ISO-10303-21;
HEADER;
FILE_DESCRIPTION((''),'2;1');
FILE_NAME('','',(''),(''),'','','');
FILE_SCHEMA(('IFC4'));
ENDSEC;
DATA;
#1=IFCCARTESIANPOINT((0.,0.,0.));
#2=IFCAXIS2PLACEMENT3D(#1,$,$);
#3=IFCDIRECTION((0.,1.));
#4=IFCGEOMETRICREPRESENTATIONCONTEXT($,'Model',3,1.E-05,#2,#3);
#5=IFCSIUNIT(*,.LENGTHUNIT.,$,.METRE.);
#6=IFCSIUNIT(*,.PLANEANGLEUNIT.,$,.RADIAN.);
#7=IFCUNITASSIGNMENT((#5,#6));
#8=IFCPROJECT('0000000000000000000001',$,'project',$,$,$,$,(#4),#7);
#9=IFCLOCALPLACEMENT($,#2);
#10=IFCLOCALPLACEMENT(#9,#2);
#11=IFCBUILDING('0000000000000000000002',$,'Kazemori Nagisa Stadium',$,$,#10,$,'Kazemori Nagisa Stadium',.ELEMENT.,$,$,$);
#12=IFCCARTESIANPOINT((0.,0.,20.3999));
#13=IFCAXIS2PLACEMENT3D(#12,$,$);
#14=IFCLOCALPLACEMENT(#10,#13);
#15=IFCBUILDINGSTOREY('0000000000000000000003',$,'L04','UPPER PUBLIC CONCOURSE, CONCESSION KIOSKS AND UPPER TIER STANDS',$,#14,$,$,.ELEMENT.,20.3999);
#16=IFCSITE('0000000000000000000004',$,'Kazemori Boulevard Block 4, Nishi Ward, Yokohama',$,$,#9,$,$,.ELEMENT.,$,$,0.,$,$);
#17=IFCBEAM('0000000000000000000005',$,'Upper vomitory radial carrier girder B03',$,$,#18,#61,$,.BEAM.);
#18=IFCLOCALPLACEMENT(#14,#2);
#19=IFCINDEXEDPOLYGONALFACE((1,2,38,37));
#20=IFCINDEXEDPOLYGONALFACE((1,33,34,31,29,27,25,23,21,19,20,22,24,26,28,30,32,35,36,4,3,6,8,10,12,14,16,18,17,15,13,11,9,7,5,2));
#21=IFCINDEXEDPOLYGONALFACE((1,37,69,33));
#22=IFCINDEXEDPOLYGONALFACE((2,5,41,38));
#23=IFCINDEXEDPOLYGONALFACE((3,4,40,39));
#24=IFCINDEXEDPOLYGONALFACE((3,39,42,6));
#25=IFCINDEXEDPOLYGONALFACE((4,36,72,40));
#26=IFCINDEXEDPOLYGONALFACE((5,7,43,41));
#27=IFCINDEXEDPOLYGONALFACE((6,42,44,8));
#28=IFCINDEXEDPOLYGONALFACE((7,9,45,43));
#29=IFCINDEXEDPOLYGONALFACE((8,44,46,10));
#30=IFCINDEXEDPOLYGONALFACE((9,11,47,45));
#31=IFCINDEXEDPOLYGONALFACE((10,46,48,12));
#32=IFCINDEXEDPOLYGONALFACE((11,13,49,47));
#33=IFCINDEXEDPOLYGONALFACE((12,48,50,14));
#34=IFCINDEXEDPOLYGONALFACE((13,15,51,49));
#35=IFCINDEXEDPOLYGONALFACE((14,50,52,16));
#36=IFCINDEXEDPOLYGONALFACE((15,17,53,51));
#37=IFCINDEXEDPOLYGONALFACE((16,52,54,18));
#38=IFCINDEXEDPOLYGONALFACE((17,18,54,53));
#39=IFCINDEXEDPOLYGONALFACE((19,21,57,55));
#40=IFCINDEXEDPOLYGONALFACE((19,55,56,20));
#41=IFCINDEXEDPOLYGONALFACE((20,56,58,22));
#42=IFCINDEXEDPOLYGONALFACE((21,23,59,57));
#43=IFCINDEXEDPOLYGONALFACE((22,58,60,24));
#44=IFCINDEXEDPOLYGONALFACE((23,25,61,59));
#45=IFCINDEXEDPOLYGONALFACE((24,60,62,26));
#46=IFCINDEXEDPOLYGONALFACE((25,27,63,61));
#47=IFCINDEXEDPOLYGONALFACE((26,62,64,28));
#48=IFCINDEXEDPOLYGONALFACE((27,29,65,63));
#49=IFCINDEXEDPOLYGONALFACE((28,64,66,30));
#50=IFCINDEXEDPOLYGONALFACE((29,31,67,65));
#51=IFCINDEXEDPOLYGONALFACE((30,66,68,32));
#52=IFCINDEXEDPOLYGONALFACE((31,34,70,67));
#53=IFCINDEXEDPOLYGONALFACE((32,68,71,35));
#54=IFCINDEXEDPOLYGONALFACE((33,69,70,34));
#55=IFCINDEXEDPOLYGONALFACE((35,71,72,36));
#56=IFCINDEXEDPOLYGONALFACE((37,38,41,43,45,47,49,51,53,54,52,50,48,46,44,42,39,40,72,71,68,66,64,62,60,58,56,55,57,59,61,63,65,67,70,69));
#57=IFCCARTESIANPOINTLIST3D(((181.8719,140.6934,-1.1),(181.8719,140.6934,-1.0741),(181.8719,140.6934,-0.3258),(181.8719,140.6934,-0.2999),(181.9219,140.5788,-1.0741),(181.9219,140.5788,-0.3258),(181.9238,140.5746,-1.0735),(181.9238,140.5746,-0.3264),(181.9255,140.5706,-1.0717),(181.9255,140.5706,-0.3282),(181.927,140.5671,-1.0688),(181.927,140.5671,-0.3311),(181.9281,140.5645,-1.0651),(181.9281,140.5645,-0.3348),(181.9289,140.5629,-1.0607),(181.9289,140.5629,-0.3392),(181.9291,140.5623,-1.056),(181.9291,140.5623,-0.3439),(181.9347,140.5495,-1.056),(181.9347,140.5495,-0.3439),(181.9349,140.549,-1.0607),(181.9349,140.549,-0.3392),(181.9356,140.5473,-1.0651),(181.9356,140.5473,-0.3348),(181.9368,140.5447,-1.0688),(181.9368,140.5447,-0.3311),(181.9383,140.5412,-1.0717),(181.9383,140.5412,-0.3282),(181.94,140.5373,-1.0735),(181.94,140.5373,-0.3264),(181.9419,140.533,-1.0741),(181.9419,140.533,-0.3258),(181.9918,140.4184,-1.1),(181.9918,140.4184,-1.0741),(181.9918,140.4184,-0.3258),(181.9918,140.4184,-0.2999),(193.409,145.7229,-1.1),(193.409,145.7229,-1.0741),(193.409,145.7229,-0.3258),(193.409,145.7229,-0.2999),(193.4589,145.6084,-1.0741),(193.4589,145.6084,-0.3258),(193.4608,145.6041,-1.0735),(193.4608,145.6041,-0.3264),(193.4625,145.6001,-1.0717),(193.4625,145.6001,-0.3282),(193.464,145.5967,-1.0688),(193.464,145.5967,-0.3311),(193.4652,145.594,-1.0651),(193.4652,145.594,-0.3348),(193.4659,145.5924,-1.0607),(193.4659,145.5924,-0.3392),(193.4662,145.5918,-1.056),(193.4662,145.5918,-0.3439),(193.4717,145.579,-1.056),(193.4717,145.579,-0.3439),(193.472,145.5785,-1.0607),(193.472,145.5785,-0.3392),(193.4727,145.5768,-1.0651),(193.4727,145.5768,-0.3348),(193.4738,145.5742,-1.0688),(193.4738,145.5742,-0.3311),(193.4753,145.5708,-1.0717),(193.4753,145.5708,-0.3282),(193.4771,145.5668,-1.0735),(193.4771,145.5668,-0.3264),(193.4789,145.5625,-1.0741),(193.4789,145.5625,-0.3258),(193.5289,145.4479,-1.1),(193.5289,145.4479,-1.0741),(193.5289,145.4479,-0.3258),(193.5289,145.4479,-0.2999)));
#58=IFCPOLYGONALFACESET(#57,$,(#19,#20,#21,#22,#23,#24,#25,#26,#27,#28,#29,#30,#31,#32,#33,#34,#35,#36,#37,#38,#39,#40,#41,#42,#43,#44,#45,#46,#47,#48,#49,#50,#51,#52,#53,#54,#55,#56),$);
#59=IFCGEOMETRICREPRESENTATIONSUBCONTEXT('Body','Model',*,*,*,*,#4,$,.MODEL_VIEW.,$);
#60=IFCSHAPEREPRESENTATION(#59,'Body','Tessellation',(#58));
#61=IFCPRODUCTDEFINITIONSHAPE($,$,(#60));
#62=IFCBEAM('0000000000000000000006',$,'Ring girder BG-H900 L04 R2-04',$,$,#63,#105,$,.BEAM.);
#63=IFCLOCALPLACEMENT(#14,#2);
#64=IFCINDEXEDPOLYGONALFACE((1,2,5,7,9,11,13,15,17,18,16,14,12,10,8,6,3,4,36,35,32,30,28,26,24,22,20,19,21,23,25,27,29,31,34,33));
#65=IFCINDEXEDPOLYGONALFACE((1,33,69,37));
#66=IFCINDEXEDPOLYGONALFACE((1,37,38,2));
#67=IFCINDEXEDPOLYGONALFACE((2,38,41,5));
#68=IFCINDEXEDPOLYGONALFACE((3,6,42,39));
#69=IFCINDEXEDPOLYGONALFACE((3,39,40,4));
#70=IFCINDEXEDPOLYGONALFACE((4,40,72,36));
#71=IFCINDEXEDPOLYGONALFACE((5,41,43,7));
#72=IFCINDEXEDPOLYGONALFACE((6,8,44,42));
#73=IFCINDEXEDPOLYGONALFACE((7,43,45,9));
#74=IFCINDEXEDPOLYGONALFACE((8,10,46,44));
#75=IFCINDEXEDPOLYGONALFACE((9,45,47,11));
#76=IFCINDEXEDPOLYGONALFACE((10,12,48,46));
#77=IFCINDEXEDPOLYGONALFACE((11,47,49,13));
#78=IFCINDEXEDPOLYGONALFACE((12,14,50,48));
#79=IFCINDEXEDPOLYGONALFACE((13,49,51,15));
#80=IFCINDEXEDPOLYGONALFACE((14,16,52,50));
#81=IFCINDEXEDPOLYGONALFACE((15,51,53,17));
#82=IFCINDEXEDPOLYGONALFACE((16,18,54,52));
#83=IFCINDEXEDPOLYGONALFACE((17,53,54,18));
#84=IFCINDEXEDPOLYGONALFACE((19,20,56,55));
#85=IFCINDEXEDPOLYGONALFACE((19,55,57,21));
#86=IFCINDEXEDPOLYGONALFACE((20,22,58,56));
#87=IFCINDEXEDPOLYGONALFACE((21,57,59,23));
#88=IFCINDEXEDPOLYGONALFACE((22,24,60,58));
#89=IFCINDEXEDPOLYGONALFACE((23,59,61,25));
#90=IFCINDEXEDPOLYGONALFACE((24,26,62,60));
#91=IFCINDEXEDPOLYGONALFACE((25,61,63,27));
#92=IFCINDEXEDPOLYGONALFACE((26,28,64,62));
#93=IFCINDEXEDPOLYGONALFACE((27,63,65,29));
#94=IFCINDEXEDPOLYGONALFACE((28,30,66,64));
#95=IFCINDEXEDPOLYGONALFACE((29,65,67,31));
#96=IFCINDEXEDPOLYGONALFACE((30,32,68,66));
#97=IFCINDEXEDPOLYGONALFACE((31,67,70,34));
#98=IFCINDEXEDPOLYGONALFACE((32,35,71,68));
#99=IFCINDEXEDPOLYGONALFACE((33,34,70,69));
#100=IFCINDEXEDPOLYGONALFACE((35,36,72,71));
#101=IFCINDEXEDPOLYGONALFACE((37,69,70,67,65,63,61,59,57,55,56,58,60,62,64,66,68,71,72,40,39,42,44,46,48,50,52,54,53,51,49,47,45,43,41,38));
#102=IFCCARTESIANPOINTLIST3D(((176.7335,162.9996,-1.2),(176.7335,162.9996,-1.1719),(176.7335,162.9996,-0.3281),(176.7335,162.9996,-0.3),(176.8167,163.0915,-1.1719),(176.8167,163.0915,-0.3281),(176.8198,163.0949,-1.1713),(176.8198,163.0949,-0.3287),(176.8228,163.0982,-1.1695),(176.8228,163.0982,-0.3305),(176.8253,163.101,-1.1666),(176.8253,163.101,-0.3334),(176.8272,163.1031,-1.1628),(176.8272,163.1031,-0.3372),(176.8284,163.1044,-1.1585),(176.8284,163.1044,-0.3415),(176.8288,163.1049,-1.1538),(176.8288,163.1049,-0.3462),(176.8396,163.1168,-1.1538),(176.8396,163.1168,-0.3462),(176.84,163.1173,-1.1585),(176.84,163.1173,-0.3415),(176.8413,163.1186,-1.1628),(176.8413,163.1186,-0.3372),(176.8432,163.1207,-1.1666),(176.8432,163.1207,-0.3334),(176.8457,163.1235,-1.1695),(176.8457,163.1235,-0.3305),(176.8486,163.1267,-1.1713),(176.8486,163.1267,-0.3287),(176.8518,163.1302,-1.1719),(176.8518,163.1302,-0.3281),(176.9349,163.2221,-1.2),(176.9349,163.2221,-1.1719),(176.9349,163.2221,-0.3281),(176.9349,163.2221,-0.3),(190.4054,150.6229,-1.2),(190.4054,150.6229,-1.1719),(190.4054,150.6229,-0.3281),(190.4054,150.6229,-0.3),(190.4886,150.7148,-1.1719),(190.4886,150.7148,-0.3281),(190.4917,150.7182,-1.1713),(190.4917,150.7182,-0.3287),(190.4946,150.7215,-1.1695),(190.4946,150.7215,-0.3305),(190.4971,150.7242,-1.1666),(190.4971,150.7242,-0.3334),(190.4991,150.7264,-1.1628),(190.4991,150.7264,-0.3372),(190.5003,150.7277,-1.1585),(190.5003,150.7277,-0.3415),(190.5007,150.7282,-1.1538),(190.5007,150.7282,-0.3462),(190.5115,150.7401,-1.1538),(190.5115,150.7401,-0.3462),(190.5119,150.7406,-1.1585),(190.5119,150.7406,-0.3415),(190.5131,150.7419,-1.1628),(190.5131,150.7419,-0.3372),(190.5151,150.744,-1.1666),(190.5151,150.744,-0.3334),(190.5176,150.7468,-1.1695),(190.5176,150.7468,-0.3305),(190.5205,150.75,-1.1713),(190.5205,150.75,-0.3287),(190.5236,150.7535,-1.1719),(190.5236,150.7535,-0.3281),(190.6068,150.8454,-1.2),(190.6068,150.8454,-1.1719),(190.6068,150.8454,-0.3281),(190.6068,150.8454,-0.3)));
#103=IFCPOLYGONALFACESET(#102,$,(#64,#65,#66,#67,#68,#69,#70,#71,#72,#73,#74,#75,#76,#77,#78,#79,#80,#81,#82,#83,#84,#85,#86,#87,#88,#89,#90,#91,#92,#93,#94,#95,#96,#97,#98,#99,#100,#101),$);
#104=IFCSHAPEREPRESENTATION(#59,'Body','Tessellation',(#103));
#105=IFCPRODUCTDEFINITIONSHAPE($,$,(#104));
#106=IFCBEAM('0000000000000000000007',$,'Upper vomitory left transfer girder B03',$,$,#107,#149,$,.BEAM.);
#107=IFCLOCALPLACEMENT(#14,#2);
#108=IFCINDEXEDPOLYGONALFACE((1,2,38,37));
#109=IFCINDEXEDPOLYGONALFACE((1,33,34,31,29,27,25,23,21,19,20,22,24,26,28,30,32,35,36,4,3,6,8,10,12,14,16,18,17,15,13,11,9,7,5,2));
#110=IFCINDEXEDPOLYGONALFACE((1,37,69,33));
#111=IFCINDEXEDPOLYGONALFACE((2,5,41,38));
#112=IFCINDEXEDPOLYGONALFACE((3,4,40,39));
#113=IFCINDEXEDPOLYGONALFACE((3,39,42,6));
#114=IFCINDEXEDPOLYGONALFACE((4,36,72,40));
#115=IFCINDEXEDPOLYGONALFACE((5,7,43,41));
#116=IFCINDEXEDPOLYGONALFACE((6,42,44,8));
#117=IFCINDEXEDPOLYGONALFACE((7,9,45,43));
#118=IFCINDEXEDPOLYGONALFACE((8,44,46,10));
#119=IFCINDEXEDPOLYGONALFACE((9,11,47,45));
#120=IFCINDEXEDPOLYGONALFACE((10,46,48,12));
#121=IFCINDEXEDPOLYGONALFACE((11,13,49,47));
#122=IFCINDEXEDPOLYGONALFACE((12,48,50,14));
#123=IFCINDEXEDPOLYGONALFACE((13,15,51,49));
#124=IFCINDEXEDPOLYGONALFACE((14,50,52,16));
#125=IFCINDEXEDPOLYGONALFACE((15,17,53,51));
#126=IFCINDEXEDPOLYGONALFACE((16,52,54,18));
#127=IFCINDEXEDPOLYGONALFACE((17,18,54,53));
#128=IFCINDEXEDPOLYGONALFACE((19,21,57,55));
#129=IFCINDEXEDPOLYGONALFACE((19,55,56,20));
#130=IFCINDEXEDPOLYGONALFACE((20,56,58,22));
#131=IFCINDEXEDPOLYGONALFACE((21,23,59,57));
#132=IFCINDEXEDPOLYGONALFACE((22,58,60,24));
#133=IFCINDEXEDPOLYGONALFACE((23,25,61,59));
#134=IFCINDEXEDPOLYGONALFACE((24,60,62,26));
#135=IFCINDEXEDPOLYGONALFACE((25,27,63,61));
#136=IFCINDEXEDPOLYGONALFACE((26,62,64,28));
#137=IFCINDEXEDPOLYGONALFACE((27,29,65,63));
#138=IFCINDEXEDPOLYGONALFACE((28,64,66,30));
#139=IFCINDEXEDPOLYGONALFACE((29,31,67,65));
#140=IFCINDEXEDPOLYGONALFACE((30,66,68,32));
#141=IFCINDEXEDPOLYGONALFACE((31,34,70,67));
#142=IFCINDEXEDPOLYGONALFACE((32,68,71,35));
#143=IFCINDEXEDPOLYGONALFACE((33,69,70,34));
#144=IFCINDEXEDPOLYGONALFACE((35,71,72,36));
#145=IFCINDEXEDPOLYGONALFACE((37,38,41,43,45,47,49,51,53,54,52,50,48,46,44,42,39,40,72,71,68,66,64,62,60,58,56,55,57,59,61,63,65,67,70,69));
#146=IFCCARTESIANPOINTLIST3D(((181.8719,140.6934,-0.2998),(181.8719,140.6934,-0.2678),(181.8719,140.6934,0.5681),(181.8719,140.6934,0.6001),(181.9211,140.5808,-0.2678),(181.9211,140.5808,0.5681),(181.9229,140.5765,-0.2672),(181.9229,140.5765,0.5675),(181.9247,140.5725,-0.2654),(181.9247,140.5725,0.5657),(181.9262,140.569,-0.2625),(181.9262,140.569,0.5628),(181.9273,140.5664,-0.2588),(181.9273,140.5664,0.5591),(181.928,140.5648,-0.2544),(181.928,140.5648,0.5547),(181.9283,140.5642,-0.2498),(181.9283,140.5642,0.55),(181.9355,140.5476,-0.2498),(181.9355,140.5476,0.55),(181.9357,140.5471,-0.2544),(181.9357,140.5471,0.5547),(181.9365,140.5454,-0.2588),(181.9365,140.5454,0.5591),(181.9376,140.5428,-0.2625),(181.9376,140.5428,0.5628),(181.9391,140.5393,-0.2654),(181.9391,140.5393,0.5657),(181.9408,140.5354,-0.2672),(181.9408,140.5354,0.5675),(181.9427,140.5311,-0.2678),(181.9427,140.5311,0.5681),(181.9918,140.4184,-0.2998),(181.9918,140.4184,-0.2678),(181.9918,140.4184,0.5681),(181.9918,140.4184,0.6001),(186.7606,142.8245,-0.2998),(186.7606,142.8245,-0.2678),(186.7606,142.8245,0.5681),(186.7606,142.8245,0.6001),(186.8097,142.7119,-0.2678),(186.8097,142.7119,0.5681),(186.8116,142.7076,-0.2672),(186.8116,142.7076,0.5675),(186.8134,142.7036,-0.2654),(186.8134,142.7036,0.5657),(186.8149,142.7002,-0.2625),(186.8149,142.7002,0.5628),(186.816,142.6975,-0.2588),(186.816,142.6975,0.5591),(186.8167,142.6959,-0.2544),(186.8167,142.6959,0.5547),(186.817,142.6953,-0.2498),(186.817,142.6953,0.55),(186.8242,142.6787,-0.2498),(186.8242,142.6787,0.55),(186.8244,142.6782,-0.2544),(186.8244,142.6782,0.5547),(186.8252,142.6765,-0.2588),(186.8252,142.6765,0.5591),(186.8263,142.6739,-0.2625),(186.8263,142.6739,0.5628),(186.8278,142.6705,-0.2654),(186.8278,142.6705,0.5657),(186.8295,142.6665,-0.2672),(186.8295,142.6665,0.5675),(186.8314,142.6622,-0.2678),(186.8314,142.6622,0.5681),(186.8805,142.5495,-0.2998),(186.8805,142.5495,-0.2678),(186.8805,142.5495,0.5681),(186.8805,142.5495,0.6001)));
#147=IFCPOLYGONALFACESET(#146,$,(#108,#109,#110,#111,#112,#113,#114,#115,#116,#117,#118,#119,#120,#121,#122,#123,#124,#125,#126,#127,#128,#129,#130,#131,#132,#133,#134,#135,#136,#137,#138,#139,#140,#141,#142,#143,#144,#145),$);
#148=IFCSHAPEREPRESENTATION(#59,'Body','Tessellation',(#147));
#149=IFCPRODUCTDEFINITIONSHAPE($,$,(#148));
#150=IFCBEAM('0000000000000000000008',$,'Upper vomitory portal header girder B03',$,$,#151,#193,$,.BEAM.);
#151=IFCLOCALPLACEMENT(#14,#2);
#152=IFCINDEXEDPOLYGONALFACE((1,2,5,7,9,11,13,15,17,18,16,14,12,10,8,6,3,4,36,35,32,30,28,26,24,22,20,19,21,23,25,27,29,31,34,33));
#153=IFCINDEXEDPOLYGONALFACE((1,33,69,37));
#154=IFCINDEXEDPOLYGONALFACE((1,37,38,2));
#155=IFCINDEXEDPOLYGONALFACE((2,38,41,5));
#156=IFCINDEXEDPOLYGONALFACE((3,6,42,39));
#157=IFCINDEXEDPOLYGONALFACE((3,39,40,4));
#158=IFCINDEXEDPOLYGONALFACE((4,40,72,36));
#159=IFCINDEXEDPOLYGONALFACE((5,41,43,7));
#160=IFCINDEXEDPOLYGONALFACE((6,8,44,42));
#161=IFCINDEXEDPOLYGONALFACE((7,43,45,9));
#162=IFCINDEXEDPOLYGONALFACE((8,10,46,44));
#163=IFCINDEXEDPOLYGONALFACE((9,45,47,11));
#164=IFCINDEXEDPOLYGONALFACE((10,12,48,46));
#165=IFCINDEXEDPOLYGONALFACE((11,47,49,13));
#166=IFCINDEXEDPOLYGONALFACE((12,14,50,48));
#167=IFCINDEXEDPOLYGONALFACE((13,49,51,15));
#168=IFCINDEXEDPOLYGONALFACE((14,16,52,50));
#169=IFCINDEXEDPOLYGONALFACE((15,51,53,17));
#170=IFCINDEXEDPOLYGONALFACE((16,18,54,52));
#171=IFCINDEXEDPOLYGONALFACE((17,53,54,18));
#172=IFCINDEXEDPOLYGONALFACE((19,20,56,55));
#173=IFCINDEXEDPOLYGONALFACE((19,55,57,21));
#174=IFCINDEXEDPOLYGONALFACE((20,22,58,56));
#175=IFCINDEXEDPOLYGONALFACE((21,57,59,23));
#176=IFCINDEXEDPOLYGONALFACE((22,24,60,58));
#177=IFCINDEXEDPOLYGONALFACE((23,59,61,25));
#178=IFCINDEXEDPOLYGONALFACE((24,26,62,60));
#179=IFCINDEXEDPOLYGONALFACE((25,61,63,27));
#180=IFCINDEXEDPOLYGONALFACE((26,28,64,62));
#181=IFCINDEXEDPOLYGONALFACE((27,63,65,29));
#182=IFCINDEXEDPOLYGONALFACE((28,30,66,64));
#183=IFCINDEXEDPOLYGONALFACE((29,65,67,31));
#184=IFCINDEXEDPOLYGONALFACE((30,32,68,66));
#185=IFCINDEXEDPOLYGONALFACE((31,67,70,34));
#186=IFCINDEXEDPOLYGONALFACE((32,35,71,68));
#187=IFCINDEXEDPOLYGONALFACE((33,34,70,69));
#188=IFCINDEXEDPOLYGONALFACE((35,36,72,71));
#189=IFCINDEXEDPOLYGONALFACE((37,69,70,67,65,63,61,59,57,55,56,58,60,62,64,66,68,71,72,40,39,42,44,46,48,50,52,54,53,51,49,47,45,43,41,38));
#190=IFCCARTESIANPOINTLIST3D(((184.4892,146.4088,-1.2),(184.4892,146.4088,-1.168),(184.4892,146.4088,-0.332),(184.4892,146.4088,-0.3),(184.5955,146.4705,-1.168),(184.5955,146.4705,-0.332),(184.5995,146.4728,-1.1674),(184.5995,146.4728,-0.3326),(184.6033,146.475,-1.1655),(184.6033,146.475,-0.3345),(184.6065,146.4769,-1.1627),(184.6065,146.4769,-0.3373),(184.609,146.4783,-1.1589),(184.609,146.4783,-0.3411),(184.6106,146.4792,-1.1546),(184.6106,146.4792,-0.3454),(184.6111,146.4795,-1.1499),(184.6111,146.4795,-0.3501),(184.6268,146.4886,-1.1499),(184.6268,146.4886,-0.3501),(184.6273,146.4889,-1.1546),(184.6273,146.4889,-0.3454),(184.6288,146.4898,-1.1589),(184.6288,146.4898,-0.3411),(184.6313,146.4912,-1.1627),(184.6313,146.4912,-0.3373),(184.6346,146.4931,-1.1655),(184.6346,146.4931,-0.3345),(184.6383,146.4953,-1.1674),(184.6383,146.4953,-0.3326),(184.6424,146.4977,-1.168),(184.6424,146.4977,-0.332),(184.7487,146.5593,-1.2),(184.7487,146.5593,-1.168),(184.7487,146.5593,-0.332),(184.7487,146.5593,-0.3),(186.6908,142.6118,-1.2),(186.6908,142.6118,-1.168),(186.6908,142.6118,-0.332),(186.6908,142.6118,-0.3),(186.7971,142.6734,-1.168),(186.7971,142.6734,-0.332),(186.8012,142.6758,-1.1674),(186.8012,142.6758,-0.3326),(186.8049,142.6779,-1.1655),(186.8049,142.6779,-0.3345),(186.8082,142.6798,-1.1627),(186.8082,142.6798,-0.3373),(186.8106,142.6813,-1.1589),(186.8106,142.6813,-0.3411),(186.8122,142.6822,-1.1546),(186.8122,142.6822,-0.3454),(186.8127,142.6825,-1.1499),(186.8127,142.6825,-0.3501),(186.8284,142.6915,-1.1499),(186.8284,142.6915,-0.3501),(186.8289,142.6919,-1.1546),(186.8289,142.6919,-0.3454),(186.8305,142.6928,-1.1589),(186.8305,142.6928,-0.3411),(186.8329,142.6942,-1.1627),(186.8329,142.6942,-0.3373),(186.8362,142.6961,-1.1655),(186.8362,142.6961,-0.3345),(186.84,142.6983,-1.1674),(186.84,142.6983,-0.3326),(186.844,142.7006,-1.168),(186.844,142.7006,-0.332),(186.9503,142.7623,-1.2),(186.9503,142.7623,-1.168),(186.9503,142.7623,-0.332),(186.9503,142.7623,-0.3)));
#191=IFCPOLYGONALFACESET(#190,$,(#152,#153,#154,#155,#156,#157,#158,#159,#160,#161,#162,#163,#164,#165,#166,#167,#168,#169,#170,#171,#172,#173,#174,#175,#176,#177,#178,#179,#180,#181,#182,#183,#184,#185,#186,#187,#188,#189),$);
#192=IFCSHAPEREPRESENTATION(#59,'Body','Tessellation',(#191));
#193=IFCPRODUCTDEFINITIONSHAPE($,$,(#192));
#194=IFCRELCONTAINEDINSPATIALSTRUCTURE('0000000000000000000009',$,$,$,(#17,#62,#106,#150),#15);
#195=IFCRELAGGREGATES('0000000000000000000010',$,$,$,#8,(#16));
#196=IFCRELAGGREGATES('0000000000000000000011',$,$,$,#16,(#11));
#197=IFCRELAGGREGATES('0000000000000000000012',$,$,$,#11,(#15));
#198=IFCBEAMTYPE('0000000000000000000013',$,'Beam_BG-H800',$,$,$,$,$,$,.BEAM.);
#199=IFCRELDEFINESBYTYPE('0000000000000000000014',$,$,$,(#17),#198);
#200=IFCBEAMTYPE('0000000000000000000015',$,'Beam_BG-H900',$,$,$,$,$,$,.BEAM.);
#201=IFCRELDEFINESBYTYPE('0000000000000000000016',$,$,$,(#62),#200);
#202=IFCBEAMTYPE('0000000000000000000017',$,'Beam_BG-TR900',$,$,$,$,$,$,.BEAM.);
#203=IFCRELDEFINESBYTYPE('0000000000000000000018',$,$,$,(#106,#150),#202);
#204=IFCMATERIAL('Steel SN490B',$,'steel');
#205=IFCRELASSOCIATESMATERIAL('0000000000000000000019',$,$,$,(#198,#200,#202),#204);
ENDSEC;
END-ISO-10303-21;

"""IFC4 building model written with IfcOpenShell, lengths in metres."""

from ifc_helpers import new_model, si_unit, direction, frame, origin, origin_2d, place, context, subcontext, project, spatial, i_section, extrude, material, material_profile, profile_set, type_object, element, save


model = new_model("IFC4")

# Units and contexts
model_context = context("Model", 3, precision=1e-05, world=origin(), true_north=direction((0.0, 1.0)))
body_context = subcontext(model_context, "Body", "Model", "MODEL_VIEW")
ifc_project = project(units=[si_unit("LENGTHUNIT", "METRE"), si_unit("PLANEANGLEUNIT", "RADIAN")], contexts=[model_context])

# Site, building, storey
site_placement = place(None, origin())
site = spatial("IfcSite", under=ifc_project, at=site_placement, Name="Kazemori Boulevard Block 4, Nishi Ward, Yokohama", CompositionType="ELEMENT", RefElevation=0.0)
building_placement = place(site_placement, origin())
building = spatial("IfcBuilding", under=site, at=building_placement, Name="Kazemori Nagisa Stadium", LongName="Kazemori Nagisa Stadium", CompositionType="ELEMENT")
storey_placement = place(building_placement, frame((0.0, 0.0, 20.3999)))
storey = spatial("IfcBuildingStorey", under=building, at=storey_placement, Name="L04", Description="UPPER PUBLIC CONCOURSE, CONCESSION KIOSKS AND UPPER TIER STANDS", CompositionType="ELEMENT", Elevation=20.3999)

# Beams
ifc_material_1 = material(Name="Steel SN490B", Category="steel")
ifc_material_profile_1 = material_profile(ifc_material_1, i_section(OverallWidth=0.3, OverallDepth=0.8, WebThickness=0.0139, FlangeThickness=0.0259, FilletRadius=0.0181, at=origin_2d()), Name="H-800x300x14x26")
ifc_profile_set_1 = profile_set([ifc_material_profile_1], Name="Steel SN490B")
beam_type_1 = type_object("IfcBeamType", Name="Beam_BG-H800", PredefinedType="BEAM", material=ifc_profile_set_1)
beam_1_placement = place(storey_placement, frame((181.9319, 140.5559, -0.7), z_axis=(0.91668, 0.399622, 0.0), x_axis=(-0.399622, 0.91668, 0.0)))
element("IfcBeam", 1, at=beam_1_placement, inside=storey, type_object=beam_type_1, Name="Upper vomitory radial carrier girder B03", PredefinedType="BEAM", context=body_context, shape_type="SweptSolid", body=[
    extrude(i_section(OverallWidth=0.3, OverallDepth=0.8, WebThickness=0.0139, FlangeThickness=0.0259, FilletRadius=0.0181, at=origin_2d()), origin(), (0.0, 0.0, 1.0), 12.5857),
])
ifc_material_profile_2 = material_profile(ifc_material_1, i_section(OverallWidth=0.3, OverallDepth=0.8999, WebThickness=0.0161, FlangeThickness=0.0281, FilletRadius=0.0181, at=origin_2d()), Name="H-900x300x16x28")
ifc_profile_set_2 = profile_set([ifc_material_profile_2], Name="Steel SN490B")
beam_type_2 = type_object("IfcBeamType", Name="Beam_BG-H900", PredefinedType="BEAM", material=ifc_profile_set_2)
beam_2_placement = place(storey_placement, frame((190.5061, 150.7341, -0.75), z_axis=(-0.741349, 0.67112, 0.0), x_axis=(-0.67112, -0.741349, 0.0)))
element("IfcBeam", 2, at=beam_2_placement, inside=storey, type_object=beam_type_2, Name="Ring girder BG-H900 L04 R2-04", PredefinedType="BEAM", context=body_context, shape_type="SweptSolid", body=[
    extrude(i_section(OverallWidth=0.3, OverallDepth=0.8999, WebThickness=0.0161, FlangeThickness=0.0281, FilletRadius=0.0181, at=origin_2d()), origin(), (0.0, 0.0, 1.0), 18.4419),
])
ifc_material_profile_3 = material_profile(ifc_material_1, i_section(OverallWidth=0.3, OverallDepth=0.8999, WebThickness=0.0181, FlangeThickness=0.032, FilletRadius=0.0181, at=origin_2d()), Name="H-900x300x18x32")
ifc_profile_set_3 = profile_set([ifc_material_profile_3], Name="Steel SN490B")
beam_type_3 = type_object("IfcBeamType", Name="Beam_BG-TR900", PredefinedType="BEAM", material=ifc_profile_set_3)
beam_3_placement = place(storey_placement, frame((181.9319, 140.5559, 0.1501), z_axis=(0.916686, 0.399608, 0.0), x_axis=(-0.399608, 0.916686, 0.0)))
element("IfcBeam", 3, at=beam_3_placement, inside=storey, type_object=beam_type_3, Name="Upper vomitory left transfer girder B03", PredefinedType="BEAM", context=body_context, shape_type="SweptSolid", body=[
    extrude(i_section(OverallWidth=0.3, OverallDepth=0.8999, WebThickness=0.0181, FlangeThickness=0.032, FilletRadius=0.0181, at=origin_2d()), origin(), (0.0, 0.0, 1.0), 5.333),
])
beam_4_placement = place(storey_placement, frame((186.8206, 142.687, -0.75), z_axis=(-0.501604, 0.865097, 0.0), x_axis=(-0.865097, -0.501604, 0.0)))
element("IfcBeam", 4, at=beam_4_placement, inside=storey, type_object=beam_type_3, Name="Upper vomitory portal header girder B03", PredefinedType="BEAM", context=body_context, shape_type="SweptSolid", body=[
    extrude(i_section(OverallWidth=0.3, OverallDepth=0.8999, WebThickness=0.0181, FlangeThickness=0.032, FilletRadius=0.0181, at=origin_2d()), origin(), (0.0, 0.0, 1.0), 4.3892),
])

save(model, "model.ifc")
